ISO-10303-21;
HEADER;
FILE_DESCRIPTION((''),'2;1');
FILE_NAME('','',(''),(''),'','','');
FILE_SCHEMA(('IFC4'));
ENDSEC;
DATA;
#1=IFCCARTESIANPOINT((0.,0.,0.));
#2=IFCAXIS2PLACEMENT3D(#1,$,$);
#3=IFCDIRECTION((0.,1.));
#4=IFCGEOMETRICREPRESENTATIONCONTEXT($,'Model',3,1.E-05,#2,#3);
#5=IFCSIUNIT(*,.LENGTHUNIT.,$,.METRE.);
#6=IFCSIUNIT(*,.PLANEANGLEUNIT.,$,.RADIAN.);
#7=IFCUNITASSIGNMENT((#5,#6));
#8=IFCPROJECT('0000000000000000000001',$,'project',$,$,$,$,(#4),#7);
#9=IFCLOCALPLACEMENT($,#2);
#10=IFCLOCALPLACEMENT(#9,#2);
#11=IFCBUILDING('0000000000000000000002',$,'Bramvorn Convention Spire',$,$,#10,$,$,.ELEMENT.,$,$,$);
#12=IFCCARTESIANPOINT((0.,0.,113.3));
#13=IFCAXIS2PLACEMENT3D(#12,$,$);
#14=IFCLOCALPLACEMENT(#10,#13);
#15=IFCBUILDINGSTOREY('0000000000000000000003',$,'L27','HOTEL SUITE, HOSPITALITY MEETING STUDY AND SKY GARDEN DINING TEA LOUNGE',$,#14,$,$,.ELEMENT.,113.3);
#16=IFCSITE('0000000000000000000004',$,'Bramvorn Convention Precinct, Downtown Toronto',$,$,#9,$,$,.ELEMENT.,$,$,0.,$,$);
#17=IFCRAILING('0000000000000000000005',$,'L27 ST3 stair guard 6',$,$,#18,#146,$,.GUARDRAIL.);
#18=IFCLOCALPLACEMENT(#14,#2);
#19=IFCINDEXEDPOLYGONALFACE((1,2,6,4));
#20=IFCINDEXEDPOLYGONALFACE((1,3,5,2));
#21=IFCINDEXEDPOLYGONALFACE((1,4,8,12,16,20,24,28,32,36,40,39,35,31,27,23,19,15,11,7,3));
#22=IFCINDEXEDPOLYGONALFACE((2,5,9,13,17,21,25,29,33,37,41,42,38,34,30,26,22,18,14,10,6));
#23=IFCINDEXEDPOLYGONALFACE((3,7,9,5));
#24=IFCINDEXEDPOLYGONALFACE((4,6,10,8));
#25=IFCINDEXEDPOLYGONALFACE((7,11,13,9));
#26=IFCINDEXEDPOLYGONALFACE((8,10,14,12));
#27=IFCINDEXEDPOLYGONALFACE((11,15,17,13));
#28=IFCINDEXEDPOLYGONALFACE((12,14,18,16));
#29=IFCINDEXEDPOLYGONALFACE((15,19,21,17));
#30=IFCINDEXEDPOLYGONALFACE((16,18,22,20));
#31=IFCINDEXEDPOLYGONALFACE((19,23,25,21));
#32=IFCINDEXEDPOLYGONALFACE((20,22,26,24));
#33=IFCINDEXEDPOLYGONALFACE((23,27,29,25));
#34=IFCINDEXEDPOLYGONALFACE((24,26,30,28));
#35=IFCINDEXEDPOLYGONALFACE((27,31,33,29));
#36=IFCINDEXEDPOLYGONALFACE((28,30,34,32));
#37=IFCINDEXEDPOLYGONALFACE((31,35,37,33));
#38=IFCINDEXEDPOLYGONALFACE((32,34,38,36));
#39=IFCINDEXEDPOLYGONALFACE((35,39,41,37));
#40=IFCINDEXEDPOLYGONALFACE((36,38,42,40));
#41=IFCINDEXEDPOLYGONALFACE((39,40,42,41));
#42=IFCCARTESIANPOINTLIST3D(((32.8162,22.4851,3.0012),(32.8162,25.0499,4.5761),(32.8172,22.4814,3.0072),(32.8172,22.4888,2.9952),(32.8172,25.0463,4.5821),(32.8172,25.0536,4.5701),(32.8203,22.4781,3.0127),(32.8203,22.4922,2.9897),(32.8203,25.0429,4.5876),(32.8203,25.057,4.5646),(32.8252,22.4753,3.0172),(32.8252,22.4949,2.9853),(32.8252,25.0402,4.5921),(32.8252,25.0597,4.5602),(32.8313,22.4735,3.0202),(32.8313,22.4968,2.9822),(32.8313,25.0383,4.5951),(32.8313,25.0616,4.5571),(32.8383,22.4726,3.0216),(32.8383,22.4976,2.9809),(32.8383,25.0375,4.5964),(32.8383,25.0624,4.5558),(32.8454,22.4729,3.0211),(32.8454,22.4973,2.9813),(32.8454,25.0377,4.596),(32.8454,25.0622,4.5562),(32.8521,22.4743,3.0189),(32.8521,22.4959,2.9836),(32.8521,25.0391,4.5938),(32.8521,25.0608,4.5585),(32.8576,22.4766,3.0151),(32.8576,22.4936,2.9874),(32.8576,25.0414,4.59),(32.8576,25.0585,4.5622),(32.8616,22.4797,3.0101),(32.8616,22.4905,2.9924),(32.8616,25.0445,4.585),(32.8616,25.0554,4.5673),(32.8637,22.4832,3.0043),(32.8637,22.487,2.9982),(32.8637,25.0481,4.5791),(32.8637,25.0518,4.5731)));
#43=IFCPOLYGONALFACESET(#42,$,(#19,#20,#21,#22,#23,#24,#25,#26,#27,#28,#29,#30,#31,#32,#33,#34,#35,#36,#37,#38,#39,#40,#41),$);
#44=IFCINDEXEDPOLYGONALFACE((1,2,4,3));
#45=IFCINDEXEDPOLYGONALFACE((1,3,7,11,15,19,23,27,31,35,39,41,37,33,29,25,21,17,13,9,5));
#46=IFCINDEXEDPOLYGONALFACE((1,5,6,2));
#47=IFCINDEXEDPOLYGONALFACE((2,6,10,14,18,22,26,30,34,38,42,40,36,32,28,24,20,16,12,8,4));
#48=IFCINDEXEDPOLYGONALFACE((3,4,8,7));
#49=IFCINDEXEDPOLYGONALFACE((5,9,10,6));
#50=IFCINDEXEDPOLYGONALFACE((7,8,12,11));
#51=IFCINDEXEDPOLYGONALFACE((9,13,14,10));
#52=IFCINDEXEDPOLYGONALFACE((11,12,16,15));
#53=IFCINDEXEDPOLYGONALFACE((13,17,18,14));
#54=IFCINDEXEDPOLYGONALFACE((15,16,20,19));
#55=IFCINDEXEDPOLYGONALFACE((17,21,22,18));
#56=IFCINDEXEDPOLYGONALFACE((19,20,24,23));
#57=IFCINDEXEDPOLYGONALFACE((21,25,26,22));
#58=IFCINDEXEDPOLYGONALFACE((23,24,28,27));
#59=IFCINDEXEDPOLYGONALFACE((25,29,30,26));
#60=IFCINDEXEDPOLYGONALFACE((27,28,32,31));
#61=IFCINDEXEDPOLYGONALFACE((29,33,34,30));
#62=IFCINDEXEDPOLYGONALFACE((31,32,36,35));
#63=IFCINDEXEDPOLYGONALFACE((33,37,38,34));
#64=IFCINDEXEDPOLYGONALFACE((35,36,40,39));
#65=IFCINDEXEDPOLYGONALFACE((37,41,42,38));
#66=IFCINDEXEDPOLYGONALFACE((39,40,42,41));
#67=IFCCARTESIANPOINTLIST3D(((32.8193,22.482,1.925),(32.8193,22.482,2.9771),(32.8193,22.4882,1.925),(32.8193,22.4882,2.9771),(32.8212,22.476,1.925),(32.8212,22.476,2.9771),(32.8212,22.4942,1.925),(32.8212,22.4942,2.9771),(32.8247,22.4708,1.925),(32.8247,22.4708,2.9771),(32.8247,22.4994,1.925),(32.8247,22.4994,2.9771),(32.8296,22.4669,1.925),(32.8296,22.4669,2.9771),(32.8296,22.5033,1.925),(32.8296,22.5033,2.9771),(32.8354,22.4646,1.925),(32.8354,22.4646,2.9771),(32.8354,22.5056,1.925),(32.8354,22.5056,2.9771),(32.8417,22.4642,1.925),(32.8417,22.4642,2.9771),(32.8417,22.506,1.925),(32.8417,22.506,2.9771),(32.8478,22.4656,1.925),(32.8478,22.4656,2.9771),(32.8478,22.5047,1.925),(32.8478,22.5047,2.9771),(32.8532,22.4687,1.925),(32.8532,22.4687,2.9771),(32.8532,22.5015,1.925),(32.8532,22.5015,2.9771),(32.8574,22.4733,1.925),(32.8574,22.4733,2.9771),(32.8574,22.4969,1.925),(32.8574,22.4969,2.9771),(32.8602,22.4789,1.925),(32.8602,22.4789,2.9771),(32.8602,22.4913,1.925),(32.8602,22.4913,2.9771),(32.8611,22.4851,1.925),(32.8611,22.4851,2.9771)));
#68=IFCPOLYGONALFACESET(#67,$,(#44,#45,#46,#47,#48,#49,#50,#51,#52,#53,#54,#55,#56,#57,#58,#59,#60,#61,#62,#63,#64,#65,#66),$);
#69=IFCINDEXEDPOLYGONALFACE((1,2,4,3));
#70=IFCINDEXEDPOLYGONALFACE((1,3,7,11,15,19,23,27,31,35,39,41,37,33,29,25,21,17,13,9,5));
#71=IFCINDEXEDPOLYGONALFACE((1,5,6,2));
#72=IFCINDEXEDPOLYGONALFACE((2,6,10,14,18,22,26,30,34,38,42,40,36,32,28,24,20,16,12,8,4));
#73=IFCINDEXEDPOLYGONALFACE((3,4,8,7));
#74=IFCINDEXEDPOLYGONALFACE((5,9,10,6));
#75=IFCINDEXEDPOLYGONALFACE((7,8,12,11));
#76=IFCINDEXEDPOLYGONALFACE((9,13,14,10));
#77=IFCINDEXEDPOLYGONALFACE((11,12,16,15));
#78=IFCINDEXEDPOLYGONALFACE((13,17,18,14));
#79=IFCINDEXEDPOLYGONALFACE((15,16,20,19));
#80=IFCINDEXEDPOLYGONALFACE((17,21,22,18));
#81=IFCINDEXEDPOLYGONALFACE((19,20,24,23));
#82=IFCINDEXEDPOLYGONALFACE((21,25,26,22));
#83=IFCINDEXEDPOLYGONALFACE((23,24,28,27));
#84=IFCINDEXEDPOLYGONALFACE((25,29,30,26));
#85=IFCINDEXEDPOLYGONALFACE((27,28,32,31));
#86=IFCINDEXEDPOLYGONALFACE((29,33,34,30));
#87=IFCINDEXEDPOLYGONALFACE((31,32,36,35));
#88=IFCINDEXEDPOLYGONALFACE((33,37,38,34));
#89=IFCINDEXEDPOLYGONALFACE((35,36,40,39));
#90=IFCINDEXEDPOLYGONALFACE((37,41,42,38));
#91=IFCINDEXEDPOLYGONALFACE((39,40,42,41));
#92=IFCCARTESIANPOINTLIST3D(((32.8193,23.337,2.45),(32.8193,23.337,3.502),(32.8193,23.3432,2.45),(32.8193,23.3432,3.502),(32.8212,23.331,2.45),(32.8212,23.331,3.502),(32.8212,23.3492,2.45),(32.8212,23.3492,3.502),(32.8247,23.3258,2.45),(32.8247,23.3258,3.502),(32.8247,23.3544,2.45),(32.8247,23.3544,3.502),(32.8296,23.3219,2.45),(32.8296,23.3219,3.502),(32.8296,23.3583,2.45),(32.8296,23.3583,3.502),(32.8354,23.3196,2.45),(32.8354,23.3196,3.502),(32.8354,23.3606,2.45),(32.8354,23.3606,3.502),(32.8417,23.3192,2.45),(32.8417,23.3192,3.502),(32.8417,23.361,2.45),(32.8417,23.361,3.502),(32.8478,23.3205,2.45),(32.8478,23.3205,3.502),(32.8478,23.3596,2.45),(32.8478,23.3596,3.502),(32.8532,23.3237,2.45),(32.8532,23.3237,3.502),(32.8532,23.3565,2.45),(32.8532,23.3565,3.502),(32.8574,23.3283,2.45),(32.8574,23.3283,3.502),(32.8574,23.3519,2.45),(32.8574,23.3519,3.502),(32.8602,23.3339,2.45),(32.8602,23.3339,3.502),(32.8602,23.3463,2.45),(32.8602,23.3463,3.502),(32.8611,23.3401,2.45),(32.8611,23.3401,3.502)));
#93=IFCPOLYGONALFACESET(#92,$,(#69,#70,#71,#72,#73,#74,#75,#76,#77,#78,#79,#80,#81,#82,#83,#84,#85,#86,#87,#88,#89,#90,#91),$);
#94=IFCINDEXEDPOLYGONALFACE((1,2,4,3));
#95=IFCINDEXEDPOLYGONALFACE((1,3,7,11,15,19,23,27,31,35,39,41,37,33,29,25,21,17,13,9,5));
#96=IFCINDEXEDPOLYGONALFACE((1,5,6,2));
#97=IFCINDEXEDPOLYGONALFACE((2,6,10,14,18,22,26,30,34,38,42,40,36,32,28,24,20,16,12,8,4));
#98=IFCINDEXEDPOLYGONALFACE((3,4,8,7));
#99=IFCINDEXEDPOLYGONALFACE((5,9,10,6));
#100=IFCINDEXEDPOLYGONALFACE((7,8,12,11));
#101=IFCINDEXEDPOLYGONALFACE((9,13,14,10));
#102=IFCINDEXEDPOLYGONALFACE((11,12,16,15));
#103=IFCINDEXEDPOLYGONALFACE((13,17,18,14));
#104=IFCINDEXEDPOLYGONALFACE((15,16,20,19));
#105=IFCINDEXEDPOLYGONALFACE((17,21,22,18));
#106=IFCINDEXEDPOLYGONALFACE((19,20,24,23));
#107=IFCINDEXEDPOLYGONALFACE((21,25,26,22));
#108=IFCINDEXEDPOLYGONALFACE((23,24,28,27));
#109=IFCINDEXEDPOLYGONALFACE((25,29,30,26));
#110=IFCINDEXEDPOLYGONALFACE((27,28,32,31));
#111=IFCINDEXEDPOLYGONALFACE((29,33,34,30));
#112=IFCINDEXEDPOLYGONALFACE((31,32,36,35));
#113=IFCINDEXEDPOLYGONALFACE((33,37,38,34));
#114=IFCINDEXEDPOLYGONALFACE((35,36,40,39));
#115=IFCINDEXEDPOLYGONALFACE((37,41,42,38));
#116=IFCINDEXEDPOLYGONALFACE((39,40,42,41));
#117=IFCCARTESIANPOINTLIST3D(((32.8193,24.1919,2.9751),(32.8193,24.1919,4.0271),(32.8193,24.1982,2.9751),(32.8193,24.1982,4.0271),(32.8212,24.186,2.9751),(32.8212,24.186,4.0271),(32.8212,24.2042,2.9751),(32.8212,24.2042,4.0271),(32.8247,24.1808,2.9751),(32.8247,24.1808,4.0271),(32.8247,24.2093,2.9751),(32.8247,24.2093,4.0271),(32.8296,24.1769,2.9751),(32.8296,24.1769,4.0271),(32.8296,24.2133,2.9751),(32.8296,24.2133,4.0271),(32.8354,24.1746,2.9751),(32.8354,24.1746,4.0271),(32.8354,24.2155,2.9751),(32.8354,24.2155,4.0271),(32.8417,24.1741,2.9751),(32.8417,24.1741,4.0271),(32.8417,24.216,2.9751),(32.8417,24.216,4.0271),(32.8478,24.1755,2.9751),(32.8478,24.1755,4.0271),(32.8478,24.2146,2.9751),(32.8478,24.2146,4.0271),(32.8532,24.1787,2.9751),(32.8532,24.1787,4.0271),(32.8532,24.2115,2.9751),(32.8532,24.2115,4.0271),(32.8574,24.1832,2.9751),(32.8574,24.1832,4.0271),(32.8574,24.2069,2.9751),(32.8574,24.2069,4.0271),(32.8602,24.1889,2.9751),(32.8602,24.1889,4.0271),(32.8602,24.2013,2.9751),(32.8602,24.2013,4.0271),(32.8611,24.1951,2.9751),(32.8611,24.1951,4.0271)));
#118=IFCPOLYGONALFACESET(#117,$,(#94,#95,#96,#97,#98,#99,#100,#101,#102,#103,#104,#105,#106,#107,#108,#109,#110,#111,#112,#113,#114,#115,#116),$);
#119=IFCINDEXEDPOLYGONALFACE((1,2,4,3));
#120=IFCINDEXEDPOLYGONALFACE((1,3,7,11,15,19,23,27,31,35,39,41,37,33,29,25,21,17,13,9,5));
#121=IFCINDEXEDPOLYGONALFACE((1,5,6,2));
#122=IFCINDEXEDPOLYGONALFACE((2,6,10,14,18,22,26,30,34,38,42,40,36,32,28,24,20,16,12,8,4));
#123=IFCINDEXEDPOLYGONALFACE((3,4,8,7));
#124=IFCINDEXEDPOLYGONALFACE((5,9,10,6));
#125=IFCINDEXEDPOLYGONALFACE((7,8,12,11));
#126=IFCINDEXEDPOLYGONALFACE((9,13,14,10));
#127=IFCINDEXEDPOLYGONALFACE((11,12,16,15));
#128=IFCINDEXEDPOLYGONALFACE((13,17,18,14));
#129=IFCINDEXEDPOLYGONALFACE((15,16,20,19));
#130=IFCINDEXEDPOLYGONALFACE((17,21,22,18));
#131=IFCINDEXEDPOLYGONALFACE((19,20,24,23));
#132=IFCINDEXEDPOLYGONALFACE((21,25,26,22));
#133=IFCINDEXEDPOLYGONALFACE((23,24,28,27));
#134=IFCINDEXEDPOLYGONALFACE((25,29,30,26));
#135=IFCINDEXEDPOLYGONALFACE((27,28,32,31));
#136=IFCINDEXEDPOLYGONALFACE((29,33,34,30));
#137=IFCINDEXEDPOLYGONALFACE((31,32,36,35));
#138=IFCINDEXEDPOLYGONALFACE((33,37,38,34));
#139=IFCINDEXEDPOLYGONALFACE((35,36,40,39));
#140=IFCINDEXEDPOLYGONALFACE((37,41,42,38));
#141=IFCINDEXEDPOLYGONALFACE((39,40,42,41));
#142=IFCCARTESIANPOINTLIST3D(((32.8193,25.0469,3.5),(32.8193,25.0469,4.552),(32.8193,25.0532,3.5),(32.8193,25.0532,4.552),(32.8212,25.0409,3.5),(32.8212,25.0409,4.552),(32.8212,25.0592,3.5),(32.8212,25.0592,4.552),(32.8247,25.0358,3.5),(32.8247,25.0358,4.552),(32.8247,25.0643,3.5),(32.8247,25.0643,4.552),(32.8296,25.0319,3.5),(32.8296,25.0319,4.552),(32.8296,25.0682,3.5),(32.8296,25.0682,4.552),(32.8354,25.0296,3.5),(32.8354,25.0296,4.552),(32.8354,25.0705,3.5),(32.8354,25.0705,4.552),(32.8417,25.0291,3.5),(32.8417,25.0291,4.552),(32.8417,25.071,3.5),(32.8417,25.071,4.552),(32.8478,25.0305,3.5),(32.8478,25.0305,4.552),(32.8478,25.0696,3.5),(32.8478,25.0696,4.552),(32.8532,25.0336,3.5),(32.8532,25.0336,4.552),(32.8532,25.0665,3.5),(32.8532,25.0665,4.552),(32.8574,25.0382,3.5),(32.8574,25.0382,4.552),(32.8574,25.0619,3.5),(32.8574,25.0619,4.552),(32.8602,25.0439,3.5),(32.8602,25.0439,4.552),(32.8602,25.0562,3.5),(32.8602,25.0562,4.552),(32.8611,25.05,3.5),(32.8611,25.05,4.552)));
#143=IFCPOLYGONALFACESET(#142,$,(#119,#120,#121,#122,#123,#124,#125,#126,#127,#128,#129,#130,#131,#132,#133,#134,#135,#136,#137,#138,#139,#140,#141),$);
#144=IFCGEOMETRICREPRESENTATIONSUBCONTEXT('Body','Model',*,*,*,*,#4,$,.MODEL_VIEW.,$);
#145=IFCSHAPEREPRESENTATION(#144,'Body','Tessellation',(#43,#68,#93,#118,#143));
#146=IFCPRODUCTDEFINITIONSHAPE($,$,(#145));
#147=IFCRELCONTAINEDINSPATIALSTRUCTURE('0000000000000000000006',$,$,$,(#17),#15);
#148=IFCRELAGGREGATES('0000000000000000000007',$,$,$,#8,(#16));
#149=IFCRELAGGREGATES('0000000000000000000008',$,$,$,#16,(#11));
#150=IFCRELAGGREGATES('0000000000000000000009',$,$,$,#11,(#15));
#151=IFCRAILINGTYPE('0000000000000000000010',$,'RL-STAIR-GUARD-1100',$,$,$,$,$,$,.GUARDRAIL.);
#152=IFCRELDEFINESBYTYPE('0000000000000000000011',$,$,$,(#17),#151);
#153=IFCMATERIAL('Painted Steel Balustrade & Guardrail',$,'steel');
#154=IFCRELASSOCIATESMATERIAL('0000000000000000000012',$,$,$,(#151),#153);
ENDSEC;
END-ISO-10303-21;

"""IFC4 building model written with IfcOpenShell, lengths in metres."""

from ifc_helpers import new_model, si_unit, direction, frame, origin, origin_2d, place, context, subcontext, project, spatial, circle, extrude, material, type_object, element, save


model = new_model("IFC4")

# Units and contexts
model_context = context("Model", 3, precision=1e-05, world=origin(), true_north=direction((0.0, 1.0)))
body_context = subcontext(model_context, "Body", "Model", "MODEL_VIEW")
ifc_project = project(units=[si_unit("LENGTHUNIT", "METRE"), si_unit("PLANEANGLEUNIT", "RADIAN")], contexts=[model_context])

# Site, building, storey
site_placement = place(None, origin())
site = spatial("IfcSite", under=ifc_project, at=site_placement, Name="Bramvorn Convention Precinct, Downtown Toronto", CompositionType="ELEMENT", RefElevation=0.0)
building_placement = place(site_placement, origin())
building = spatial("IfcBuilding", under=site, at=building_placement, Name="Bramvorn Convention Spire", CompositionType="ELEMENT")
storey_placement = place(building_placement, frame((0.0, 0.0, 113.3)))
storey = spatial("IfcBuildingStorey", under=building, at=storey_placement, Name="L27", Description="HOTEL SUITE, HOSPITALITY MEETING STUDY AND SKY GARDEN DINING TEA LOUNGE", CompositionType="ELEMENT", Elevation=113.3)

# Railing
ifc_material_1 = material(Name="Painted Steel Balustrade & Guardrail", Category="steel")
railing_type_1 = type_object("IfcRailingType", Name="RL-STAIR-GUARD-1100", PredefinedType="GUARDRAIL", material=ifc_material_1)
railing_1_placement = place(storey_placement, frame((32.8401, 22.4851, 1.925)))
element("IfcRailing", 1, at=railing_1_placement, inside=storey, type_object=railing_type_1, Name="L27 ST3 stair guard 6", PredefinedType="GUARDRAIL", context=body_context, shape_type="SweptSolid", body=[
    extrude(circle(Radius=0.0239, at=origin_2d()), frame((0.0, 0.0, 1.0762), z_axis=(0.0, 0.852173, 0.52326), x_axis=(-1.0, 0.0, 0.0)), (0.0, 0.0, 1.0), 3.0098),
    extrude(circle(Radius=0.021, at=origin_2d()), origin(), (0.0, 0.0, 1.0), 1.052),
    extrude(circle(Radius=0.021, at=origin_2d()), frame((0.0, 0.855, 0.5249)), (0.0, 0.0, 1.0), 1.052),
    extrude(circle(Radius=0.021, at=origin_2d()), frame((0.0, 1.71, 1.05)), (0.0, 0.0, 1.0), 1.052),
    extrude(circle(Radius=0.021, at=origin_2d()), frame((0.0, 2.5649, 1.575)), (0.0, 0.0, 1.0), 1.052),
])

save(model, "model.ifc")
